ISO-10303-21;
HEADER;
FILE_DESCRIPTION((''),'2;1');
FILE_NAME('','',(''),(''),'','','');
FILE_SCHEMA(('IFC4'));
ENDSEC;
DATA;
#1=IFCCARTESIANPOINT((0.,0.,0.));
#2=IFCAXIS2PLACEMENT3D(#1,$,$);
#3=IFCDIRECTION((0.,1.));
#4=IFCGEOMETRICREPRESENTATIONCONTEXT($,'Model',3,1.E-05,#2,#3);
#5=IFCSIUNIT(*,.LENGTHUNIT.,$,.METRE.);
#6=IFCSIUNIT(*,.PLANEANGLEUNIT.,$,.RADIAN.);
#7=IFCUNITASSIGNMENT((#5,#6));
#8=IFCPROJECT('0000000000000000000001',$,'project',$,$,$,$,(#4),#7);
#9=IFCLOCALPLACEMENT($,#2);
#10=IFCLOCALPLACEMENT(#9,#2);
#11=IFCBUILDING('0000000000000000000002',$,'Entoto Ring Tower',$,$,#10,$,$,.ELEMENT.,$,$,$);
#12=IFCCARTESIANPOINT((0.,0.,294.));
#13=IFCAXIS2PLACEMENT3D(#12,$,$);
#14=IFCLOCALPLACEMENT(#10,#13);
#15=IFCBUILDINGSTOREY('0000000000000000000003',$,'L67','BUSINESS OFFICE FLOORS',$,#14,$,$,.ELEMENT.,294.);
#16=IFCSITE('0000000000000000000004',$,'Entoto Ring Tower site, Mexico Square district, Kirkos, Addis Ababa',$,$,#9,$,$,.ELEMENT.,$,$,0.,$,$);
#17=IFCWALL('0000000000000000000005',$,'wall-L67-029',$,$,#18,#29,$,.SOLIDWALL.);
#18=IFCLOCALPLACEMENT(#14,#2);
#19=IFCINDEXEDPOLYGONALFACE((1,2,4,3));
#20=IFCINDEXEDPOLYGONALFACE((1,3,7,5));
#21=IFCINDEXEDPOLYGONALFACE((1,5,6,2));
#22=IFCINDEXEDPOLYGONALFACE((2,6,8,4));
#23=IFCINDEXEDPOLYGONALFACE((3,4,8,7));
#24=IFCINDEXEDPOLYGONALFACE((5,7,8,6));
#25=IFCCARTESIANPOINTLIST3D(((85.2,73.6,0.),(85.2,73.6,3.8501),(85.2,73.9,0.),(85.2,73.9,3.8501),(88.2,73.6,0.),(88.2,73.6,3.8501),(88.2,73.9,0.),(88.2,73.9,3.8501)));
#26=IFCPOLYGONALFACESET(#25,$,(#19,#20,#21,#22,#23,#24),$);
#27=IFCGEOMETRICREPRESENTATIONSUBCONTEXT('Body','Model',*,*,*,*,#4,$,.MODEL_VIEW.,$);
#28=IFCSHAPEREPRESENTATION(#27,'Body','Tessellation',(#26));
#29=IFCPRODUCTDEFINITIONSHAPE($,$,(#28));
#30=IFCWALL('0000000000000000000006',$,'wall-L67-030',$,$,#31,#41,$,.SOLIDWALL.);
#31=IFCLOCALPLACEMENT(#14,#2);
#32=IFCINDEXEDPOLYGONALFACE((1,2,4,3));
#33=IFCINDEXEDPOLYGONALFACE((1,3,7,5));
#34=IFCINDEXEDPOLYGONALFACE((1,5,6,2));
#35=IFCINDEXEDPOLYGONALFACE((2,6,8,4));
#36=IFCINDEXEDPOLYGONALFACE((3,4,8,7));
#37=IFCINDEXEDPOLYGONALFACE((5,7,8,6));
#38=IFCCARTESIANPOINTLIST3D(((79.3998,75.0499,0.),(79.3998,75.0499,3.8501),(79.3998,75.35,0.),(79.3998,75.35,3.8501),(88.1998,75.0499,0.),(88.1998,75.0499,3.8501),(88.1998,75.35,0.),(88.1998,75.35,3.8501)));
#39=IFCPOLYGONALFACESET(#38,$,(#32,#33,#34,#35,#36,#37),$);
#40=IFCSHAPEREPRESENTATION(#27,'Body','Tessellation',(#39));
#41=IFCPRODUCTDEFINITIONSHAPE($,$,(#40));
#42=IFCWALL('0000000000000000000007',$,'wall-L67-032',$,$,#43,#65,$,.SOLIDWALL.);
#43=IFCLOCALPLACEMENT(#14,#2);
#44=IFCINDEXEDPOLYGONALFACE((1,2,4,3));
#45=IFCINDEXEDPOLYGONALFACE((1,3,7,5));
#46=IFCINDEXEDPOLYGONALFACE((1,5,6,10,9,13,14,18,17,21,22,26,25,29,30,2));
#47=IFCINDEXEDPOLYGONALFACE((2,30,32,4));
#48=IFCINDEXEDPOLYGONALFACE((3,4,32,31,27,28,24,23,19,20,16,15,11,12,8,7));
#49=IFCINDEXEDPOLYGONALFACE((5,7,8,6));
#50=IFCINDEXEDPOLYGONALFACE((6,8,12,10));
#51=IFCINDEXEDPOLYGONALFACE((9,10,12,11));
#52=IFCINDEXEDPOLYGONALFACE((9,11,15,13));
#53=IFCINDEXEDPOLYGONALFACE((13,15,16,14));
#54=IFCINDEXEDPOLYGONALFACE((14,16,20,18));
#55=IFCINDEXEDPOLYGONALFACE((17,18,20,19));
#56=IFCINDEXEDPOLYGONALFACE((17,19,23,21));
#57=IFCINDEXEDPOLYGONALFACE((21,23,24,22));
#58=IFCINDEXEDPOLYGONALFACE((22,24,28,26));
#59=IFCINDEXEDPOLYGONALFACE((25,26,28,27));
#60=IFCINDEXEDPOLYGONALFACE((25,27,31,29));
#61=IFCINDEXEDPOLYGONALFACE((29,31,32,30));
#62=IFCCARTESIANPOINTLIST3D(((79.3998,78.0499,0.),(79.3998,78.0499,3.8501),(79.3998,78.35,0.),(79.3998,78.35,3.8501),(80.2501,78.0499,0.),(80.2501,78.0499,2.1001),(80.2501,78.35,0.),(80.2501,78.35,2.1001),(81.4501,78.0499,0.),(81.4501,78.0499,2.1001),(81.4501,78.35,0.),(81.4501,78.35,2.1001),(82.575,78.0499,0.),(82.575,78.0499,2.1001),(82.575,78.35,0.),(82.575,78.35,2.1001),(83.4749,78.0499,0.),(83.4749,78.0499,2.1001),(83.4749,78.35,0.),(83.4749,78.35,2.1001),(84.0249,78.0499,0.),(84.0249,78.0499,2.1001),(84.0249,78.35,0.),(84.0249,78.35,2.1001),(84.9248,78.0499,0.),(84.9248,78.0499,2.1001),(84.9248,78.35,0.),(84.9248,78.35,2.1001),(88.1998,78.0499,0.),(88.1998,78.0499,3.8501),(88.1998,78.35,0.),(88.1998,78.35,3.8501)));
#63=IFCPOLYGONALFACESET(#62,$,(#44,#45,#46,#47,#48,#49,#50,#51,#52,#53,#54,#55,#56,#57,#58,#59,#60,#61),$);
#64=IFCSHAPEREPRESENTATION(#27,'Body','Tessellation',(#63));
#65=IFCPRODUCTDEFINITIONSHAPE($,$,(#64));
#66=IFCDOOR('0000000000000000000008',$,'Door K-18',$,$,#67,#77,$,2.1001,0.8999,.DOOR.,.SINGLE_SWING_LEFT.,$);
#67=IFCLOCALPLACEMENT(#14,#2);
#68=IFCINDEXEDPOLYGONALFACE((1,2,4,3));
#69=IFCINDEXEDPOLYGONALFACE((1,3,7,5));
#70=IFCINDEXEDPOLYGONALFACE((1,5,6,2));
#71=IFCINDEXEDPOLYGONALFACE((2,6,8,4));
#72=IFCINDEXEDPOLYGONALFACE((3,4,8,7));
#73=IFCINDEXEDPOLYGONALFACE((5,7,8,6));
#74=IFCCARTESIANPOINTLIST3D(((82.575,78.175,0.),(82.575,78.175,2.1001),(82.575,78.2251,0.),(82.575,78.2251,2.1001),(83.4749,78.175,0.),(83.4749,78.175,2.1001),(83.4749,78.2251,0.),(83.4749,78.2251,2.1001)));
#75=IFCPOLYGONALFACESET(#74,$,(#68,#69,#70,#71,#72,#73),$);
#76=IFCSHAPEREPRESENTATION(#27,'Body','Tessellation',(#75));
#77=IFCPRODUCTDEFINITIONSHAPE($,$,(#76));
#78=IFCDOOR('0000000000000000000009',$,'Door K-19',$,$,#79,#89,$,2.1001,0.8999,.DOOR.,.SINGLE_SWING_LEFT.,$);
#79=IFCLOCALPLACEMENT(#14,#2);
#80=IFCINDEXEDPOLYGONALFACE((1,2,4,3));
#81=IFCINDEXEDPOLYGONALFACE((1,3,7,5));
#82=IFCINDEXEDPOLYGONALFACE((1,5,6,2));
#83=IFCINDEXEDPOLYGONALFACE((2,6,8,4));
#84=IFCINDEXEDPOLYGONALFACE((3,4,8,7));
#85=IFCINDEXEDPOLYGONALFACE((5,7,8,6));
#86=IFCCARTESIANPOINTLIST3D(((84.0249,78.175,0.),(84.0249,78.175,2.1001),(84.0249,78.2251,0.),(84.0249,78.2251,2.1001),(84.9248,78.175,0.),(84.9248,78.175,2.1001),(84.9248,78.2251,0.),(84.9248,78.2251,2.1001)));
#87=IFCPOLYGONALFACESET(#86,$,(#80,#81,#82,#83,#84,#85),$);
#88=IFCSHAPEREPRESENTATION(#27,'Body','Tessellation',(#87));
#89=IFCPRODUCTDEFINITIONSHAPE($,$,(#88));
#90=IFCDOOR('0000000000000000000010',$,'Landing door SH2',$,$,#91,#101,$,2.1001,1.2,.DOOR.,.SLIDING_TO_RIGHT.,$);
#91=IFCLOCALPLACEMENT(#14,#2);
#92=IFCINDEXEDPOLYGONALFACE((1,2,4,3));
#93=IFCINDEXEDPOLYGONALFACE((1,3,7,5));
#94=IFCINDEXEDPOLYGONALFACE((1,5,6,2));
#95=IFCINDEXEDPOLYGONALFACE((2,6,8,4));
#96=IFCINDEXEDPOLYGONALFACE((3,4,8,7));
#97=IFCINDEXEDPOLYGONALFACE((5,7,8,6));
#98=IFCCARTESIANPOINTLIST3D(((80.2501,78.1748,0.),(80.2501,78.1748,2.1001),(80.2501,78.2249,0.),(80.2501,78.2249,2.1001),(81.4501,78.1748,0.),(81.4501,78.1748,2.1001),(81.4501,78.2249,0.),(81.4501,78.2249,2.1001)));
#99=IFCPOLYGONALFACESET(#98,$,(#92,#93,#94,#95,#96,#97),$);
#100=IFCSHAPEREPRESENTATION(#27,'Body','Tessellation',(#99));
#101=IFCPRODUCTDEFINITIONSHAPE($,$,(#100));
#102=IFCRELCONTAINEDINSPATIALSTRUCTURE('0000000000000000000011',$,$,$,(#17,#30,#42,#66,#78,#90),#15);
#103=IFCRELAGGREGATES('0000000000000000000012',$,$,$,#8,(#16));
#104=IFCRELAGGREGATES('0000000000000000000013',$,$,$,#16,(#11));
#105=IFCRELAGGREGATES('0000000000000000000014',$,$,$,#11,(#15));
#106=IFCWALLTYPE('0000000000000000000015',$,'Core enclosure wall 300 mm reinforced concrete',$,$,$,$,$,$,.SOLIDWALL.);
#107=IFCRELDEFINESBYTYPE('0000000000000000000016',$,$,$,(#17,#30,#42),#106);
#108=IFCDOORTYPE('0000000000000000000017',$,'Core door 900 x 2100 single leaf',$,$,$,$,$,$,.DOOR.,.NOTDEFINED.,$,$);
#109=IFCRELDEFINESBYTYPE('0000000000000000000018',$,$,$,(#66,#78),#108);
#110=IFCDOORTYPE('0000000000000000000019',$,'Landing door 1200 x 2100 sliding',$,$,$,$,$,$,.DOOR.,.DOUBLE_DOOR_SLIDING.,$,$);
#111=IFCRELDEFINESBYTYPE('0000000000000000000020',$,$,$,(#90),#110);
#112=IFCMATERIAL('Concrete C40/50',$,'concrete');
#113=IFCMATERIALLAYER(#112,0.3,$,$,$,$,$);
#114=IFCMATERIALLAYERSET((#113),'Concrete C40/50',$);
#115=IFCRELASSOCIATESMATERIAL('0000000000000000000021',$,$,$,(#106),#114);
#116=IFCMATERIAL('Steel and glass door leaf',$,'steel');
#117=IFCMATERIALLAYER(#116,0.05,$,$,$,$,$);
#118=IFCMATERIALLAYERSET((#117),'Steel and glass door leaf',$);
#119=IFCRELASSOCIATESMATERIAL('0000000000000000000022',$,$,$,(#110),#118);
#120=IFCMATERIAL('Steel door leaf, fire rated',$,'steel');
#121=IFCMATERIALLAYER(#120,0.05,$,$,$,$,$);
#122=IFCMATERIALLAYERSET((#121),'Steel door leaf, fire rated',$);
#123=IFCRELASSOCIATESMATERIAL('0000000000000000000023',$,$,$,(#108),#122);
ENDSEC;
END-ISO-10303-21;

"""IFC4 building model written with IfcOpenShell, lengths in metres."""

from ifc_helpers import new_model, si_unit, direction, frame, frame_2d, origin, place, context, subcontext, project, spatial, rectangle, extrude, material, layer, layer_set, type_object, element, fill, save


model = new_model("IFC4")

# Units and contexts
model_context = context("Model", 3, precision=1e-05, world=origin(), true_north=direction((0.0, 1.0)))
body_context = subcontext(model_context, "Body", "Model", "MODEL_VIEW")
ifc_project = project(units=[si_unit("LENGTHUNIT", "METRE"), si_unit("PLANEANGLEUNIT", "RADIAN")], contexts=[model_context])

# Site, building, storey
site_placement = place(None, origin())
site = spatial("IfcSite", under=ifc_project, at=site_placement, Name="Entoto Ring Tower site, Mexico Square district, Kirkos, Addis Ababa", CompositionType="ELEMENT", RefElevation=0.0)
building_placement = place(site_placement, origin())
building = spatial("IfcBuilding", under=site, at=building_placement, Name="Entoto Ring Tower", CompositionType="ELEMENT")
storey_placement = place(building_placement, frame((0.0, 0.0, 294.0)))
storey = spatial("IfcBuildingStorey", under=building, at=storey_placement, Name="L67", Description="BUSINESS OFFICE FLOORS", CompositionType="ELEMENT", Elevation=294.0)

# Shared definitions
ifc_material_1 = material(Name="Concrete C40/50", Category="concrete")
ifc_layer_1 = layer(ifc_material_1, 0.3)
ifc_layer_set_1 = layer_set([ifc_layer_1], Name="Concrete C40/50")
wall_type = type_object("IfcWallType", Name="Core enclosure wall 300 mm reinforced concrete", PredefinedType="SOLIDWALL", material=ifc_layer_set_1)
ifc_material_2 = material(Name="Steel and glass door leaf", Category="steel")
ifc_layer_2 = layer(ifc_material_2, 0.05)
ifc_layer_set_2 = layer_set([ifc_layer_2], Name="Steel and glass door leaf")
door_type_1 = type_object("IfcDoorType", Name="Landing door 1200 x 2100 sliding", OperationType="DOUBLE_DOOR_SLIDING", PredefinedType="DOOR", material=ifc_layer_set_2)

# Walls
wall_1_placement = place(storey_placement, frame((85.2, 73.75, 0.0), z_axis=(0.0, 0.0, 1.0), x_axis=(1.0, 0.0, 0.0)))
element("IfcWall", 1, at=wall_1_placement, inside=storey, type_object=wall_type, Name="wall-L67-029", PredefinedType="SOLIDWALL", context=body_context, shape_type="SweptSolid", body=[
    extrude(rectangle(XDim=3.0, YDim=0.3, at=frame_2d((1.5, 0.0))), origin(), (0.0, 0.0, 1.0), 3.8501),
])
wall_2_placement = place(storey_placement, frame((79.3999, 75.2, 0.0), z_axis=(0.0, 0.0, 1.0), x_axis=(1.0, 0.0, 0.0)))
element("IfcWall", 2, at=wall_2_placement, inside=storey, type_object=wall_type, Name="wall-L67-030", PredefinedType="SOLIDWALL", context=body_context, shape_type="SweptSolid", body=[
    extrude(rectangle(XDim=8.8, YDim=0.3, at=frame_2d((4.3999, 0.0))), origin(), (0.0, 0.0, 1.0), 3.8501),
])

# Wall, openings, doors
wall_3_placement = place(storey_placement, frame((79.3999, 78.2, 0.0), z_axis=(0.0, 0.0, 1.0), x_axis=(1.0, 0.0, 0.0)))
wall_3 = element("IfcWall", 3, at=wall_3_placement, inside=storey, type_object=wall_type, Name="wall-L67-032", PredefinedType="SOLIDWALL", context=body_context, shape_type="SweptSolid", body=[
    extrude(rectangle(XDim=8.8, YDim=0.3, at=frame_2d((4.3999, 0.0))), origin(), (0.0, 0.0, 1.0), 3.8501),
])
opening_1_placement = place(wall_3_placement, frame((0.8501, 0.0, 0.0)))
opening_1 = element("IfcOpeningElement", 4, at=opening_1_placement, cuts=wall_3, PredefinedType="OPENING", context=body_context, shape_type="SweptSolid", body=[
    extrude(rectangle(XDim=1.2, YDim=2.1001, at=frame_2d((0.6001, 1.05))), frame((0.0, 0.1602, 0.0), z_axis=(0.0, -1.0, 0.0), x_axis=(1.0, 0.0, 0.0)), (0.0, 0.0, 1.0), 0.3201),
])
opening_2_placement = place(wall_3_placement, frame((3.175, 0.0, 0.0)))
opening_2 = element("IfcOpeningElement", 5, at=opening_2_placement, cuts=wall_3, PredefinedType="OPENING", context=body_context, shape_type="SweptSolid", body=[
    extrude(rectangle(XDim=0.8999, YDim=2.1001, at=frame_2d((0.45, 1.05))), frame((0.0, 0.1602, 0.0), z_axis=(0.0, -1.0, 0.0), x_axis=(1.0, 0.0, 0.0)), (0.0, 0.0, 1.0), 0.3201),
])
opening_3_placement = place(wall_3_placement, frame((4.625, 0.0, 0.0)))
opening_3 = element("IfcOpeningElement", 6, at=opening_3_placement, cuts=wall_3, PredefinedType="OPENING", context=body_context, shape_type="SweptSolid", body=[
    extrude(rectangle(XDim=0.8999, YDim=2.1001, at=frame_2d((0.45, 1.05))), frame((0.0, 0.1602, 0.0), z_axis=(0.0, -1.0, 0.0), x_axis=(1.0, 0.0, 0.0)), (0.0, 0.0, 1.0), 0.3201),
])
ifc_material_3 = material(Name="Steel door leaf, fire rated", Category="steel")
ifc_layer_3 = layer(ifc_material_3, 0.05)
ifc_layer_set_3 = layer_set([ifc_layer_3], Name="Steel door leaf, fire rated")
door_type_2 = type_object("IfcDoorType", Name="Core door 900 x 2100 single leaf", OperationType="NOTDEFINED", PredefinedType="DOOR", material=ifc_layer_set_3)
door_1_placement = place(opening_2_placement, frame((0.8999, 0.0, 0.0), z_axis=(0.0, 0.0, 1.0), x_axis=(-1.0, 0.0, 0.0)))
door_1 = element("IfcDoor", 7, at=door_1_placement, inside=storey, type_object=door_type_2, Name="Door K-18", OperationType="SINGLE_SWING_LEFT", OverallHeight=2.1001, OverallWidth=0.8999, PredefinedType="DOOR", context=body_context, shape_type="SweptSolid", body=[
    extrude(rectangle(XDim=0.8999, YDim=2.1001, at=frame_2d((0.45, 1.05))), frame((0.0, 0.0249, 0.0), z_axis=(0.0, -1.0, 0.0), x_axis=(1.0, 0.0, 0.0)), (0.0, 0.0, 1.0), 0.05),
])
fill(opening_2, door_1)
door_2_placement = place(opening_3_placement, frame((0.8999, 0.0, 0.0), z_axis=(0.0, 0.0, 1.0), x_axis=(-1.0, 0.0, 0.0)))
door_2 = element("IfcDoor", 8, at=door_2_placement, inside=storey, type_object=door_type_2, Name="Door K-19", OperationType="SINGLE_SWING_LEFT", OverallHeight=2.1001, OverallWidth=0.8999, PredefinedType="DOOR", context=body_context, shape_type="SweptSolid", body=[
    extrude(rectangle(XDim=0.8999, YDim=2.1001, at=frame_2d((0.45, 1.05))), frame((0.0, 0.0249, 0.0), z_axis=(0.0, -1.0, 0.0), x_axis=(1.0, 0.0, 0.0)), (0.0, 0.0, 1.0), 0.05),
])
fill(opening_3, door_2)
door_3_placement = place(opening_1_placement, origin())
door_3 = element("IfcDoor", 9, at=door_3_placement, inside=storey, type_object=door_type_1, Name="Landing door SH2", OperationType="SLIDING_TO_RIGHT", OverallHeight=2.1001, OverallWidth=1.2, PredefinedType="DOOR", context=body_context, shape_type="SweptSolid", body=[
    extrude(rectangle(XDim=1.2, YDim=2.1001, at=frame_2d((0.6001, 1.05))), frame((0.0, 0.0249, 0.0), z_axis=(0.0, -1.0, 0.0), x_axis=(1.0, 0.0, 0.0)), (0.0, 0.0, 1.0), 0.05),
])
fill(opening_1, door_3)

save(model, "model.ifc")
